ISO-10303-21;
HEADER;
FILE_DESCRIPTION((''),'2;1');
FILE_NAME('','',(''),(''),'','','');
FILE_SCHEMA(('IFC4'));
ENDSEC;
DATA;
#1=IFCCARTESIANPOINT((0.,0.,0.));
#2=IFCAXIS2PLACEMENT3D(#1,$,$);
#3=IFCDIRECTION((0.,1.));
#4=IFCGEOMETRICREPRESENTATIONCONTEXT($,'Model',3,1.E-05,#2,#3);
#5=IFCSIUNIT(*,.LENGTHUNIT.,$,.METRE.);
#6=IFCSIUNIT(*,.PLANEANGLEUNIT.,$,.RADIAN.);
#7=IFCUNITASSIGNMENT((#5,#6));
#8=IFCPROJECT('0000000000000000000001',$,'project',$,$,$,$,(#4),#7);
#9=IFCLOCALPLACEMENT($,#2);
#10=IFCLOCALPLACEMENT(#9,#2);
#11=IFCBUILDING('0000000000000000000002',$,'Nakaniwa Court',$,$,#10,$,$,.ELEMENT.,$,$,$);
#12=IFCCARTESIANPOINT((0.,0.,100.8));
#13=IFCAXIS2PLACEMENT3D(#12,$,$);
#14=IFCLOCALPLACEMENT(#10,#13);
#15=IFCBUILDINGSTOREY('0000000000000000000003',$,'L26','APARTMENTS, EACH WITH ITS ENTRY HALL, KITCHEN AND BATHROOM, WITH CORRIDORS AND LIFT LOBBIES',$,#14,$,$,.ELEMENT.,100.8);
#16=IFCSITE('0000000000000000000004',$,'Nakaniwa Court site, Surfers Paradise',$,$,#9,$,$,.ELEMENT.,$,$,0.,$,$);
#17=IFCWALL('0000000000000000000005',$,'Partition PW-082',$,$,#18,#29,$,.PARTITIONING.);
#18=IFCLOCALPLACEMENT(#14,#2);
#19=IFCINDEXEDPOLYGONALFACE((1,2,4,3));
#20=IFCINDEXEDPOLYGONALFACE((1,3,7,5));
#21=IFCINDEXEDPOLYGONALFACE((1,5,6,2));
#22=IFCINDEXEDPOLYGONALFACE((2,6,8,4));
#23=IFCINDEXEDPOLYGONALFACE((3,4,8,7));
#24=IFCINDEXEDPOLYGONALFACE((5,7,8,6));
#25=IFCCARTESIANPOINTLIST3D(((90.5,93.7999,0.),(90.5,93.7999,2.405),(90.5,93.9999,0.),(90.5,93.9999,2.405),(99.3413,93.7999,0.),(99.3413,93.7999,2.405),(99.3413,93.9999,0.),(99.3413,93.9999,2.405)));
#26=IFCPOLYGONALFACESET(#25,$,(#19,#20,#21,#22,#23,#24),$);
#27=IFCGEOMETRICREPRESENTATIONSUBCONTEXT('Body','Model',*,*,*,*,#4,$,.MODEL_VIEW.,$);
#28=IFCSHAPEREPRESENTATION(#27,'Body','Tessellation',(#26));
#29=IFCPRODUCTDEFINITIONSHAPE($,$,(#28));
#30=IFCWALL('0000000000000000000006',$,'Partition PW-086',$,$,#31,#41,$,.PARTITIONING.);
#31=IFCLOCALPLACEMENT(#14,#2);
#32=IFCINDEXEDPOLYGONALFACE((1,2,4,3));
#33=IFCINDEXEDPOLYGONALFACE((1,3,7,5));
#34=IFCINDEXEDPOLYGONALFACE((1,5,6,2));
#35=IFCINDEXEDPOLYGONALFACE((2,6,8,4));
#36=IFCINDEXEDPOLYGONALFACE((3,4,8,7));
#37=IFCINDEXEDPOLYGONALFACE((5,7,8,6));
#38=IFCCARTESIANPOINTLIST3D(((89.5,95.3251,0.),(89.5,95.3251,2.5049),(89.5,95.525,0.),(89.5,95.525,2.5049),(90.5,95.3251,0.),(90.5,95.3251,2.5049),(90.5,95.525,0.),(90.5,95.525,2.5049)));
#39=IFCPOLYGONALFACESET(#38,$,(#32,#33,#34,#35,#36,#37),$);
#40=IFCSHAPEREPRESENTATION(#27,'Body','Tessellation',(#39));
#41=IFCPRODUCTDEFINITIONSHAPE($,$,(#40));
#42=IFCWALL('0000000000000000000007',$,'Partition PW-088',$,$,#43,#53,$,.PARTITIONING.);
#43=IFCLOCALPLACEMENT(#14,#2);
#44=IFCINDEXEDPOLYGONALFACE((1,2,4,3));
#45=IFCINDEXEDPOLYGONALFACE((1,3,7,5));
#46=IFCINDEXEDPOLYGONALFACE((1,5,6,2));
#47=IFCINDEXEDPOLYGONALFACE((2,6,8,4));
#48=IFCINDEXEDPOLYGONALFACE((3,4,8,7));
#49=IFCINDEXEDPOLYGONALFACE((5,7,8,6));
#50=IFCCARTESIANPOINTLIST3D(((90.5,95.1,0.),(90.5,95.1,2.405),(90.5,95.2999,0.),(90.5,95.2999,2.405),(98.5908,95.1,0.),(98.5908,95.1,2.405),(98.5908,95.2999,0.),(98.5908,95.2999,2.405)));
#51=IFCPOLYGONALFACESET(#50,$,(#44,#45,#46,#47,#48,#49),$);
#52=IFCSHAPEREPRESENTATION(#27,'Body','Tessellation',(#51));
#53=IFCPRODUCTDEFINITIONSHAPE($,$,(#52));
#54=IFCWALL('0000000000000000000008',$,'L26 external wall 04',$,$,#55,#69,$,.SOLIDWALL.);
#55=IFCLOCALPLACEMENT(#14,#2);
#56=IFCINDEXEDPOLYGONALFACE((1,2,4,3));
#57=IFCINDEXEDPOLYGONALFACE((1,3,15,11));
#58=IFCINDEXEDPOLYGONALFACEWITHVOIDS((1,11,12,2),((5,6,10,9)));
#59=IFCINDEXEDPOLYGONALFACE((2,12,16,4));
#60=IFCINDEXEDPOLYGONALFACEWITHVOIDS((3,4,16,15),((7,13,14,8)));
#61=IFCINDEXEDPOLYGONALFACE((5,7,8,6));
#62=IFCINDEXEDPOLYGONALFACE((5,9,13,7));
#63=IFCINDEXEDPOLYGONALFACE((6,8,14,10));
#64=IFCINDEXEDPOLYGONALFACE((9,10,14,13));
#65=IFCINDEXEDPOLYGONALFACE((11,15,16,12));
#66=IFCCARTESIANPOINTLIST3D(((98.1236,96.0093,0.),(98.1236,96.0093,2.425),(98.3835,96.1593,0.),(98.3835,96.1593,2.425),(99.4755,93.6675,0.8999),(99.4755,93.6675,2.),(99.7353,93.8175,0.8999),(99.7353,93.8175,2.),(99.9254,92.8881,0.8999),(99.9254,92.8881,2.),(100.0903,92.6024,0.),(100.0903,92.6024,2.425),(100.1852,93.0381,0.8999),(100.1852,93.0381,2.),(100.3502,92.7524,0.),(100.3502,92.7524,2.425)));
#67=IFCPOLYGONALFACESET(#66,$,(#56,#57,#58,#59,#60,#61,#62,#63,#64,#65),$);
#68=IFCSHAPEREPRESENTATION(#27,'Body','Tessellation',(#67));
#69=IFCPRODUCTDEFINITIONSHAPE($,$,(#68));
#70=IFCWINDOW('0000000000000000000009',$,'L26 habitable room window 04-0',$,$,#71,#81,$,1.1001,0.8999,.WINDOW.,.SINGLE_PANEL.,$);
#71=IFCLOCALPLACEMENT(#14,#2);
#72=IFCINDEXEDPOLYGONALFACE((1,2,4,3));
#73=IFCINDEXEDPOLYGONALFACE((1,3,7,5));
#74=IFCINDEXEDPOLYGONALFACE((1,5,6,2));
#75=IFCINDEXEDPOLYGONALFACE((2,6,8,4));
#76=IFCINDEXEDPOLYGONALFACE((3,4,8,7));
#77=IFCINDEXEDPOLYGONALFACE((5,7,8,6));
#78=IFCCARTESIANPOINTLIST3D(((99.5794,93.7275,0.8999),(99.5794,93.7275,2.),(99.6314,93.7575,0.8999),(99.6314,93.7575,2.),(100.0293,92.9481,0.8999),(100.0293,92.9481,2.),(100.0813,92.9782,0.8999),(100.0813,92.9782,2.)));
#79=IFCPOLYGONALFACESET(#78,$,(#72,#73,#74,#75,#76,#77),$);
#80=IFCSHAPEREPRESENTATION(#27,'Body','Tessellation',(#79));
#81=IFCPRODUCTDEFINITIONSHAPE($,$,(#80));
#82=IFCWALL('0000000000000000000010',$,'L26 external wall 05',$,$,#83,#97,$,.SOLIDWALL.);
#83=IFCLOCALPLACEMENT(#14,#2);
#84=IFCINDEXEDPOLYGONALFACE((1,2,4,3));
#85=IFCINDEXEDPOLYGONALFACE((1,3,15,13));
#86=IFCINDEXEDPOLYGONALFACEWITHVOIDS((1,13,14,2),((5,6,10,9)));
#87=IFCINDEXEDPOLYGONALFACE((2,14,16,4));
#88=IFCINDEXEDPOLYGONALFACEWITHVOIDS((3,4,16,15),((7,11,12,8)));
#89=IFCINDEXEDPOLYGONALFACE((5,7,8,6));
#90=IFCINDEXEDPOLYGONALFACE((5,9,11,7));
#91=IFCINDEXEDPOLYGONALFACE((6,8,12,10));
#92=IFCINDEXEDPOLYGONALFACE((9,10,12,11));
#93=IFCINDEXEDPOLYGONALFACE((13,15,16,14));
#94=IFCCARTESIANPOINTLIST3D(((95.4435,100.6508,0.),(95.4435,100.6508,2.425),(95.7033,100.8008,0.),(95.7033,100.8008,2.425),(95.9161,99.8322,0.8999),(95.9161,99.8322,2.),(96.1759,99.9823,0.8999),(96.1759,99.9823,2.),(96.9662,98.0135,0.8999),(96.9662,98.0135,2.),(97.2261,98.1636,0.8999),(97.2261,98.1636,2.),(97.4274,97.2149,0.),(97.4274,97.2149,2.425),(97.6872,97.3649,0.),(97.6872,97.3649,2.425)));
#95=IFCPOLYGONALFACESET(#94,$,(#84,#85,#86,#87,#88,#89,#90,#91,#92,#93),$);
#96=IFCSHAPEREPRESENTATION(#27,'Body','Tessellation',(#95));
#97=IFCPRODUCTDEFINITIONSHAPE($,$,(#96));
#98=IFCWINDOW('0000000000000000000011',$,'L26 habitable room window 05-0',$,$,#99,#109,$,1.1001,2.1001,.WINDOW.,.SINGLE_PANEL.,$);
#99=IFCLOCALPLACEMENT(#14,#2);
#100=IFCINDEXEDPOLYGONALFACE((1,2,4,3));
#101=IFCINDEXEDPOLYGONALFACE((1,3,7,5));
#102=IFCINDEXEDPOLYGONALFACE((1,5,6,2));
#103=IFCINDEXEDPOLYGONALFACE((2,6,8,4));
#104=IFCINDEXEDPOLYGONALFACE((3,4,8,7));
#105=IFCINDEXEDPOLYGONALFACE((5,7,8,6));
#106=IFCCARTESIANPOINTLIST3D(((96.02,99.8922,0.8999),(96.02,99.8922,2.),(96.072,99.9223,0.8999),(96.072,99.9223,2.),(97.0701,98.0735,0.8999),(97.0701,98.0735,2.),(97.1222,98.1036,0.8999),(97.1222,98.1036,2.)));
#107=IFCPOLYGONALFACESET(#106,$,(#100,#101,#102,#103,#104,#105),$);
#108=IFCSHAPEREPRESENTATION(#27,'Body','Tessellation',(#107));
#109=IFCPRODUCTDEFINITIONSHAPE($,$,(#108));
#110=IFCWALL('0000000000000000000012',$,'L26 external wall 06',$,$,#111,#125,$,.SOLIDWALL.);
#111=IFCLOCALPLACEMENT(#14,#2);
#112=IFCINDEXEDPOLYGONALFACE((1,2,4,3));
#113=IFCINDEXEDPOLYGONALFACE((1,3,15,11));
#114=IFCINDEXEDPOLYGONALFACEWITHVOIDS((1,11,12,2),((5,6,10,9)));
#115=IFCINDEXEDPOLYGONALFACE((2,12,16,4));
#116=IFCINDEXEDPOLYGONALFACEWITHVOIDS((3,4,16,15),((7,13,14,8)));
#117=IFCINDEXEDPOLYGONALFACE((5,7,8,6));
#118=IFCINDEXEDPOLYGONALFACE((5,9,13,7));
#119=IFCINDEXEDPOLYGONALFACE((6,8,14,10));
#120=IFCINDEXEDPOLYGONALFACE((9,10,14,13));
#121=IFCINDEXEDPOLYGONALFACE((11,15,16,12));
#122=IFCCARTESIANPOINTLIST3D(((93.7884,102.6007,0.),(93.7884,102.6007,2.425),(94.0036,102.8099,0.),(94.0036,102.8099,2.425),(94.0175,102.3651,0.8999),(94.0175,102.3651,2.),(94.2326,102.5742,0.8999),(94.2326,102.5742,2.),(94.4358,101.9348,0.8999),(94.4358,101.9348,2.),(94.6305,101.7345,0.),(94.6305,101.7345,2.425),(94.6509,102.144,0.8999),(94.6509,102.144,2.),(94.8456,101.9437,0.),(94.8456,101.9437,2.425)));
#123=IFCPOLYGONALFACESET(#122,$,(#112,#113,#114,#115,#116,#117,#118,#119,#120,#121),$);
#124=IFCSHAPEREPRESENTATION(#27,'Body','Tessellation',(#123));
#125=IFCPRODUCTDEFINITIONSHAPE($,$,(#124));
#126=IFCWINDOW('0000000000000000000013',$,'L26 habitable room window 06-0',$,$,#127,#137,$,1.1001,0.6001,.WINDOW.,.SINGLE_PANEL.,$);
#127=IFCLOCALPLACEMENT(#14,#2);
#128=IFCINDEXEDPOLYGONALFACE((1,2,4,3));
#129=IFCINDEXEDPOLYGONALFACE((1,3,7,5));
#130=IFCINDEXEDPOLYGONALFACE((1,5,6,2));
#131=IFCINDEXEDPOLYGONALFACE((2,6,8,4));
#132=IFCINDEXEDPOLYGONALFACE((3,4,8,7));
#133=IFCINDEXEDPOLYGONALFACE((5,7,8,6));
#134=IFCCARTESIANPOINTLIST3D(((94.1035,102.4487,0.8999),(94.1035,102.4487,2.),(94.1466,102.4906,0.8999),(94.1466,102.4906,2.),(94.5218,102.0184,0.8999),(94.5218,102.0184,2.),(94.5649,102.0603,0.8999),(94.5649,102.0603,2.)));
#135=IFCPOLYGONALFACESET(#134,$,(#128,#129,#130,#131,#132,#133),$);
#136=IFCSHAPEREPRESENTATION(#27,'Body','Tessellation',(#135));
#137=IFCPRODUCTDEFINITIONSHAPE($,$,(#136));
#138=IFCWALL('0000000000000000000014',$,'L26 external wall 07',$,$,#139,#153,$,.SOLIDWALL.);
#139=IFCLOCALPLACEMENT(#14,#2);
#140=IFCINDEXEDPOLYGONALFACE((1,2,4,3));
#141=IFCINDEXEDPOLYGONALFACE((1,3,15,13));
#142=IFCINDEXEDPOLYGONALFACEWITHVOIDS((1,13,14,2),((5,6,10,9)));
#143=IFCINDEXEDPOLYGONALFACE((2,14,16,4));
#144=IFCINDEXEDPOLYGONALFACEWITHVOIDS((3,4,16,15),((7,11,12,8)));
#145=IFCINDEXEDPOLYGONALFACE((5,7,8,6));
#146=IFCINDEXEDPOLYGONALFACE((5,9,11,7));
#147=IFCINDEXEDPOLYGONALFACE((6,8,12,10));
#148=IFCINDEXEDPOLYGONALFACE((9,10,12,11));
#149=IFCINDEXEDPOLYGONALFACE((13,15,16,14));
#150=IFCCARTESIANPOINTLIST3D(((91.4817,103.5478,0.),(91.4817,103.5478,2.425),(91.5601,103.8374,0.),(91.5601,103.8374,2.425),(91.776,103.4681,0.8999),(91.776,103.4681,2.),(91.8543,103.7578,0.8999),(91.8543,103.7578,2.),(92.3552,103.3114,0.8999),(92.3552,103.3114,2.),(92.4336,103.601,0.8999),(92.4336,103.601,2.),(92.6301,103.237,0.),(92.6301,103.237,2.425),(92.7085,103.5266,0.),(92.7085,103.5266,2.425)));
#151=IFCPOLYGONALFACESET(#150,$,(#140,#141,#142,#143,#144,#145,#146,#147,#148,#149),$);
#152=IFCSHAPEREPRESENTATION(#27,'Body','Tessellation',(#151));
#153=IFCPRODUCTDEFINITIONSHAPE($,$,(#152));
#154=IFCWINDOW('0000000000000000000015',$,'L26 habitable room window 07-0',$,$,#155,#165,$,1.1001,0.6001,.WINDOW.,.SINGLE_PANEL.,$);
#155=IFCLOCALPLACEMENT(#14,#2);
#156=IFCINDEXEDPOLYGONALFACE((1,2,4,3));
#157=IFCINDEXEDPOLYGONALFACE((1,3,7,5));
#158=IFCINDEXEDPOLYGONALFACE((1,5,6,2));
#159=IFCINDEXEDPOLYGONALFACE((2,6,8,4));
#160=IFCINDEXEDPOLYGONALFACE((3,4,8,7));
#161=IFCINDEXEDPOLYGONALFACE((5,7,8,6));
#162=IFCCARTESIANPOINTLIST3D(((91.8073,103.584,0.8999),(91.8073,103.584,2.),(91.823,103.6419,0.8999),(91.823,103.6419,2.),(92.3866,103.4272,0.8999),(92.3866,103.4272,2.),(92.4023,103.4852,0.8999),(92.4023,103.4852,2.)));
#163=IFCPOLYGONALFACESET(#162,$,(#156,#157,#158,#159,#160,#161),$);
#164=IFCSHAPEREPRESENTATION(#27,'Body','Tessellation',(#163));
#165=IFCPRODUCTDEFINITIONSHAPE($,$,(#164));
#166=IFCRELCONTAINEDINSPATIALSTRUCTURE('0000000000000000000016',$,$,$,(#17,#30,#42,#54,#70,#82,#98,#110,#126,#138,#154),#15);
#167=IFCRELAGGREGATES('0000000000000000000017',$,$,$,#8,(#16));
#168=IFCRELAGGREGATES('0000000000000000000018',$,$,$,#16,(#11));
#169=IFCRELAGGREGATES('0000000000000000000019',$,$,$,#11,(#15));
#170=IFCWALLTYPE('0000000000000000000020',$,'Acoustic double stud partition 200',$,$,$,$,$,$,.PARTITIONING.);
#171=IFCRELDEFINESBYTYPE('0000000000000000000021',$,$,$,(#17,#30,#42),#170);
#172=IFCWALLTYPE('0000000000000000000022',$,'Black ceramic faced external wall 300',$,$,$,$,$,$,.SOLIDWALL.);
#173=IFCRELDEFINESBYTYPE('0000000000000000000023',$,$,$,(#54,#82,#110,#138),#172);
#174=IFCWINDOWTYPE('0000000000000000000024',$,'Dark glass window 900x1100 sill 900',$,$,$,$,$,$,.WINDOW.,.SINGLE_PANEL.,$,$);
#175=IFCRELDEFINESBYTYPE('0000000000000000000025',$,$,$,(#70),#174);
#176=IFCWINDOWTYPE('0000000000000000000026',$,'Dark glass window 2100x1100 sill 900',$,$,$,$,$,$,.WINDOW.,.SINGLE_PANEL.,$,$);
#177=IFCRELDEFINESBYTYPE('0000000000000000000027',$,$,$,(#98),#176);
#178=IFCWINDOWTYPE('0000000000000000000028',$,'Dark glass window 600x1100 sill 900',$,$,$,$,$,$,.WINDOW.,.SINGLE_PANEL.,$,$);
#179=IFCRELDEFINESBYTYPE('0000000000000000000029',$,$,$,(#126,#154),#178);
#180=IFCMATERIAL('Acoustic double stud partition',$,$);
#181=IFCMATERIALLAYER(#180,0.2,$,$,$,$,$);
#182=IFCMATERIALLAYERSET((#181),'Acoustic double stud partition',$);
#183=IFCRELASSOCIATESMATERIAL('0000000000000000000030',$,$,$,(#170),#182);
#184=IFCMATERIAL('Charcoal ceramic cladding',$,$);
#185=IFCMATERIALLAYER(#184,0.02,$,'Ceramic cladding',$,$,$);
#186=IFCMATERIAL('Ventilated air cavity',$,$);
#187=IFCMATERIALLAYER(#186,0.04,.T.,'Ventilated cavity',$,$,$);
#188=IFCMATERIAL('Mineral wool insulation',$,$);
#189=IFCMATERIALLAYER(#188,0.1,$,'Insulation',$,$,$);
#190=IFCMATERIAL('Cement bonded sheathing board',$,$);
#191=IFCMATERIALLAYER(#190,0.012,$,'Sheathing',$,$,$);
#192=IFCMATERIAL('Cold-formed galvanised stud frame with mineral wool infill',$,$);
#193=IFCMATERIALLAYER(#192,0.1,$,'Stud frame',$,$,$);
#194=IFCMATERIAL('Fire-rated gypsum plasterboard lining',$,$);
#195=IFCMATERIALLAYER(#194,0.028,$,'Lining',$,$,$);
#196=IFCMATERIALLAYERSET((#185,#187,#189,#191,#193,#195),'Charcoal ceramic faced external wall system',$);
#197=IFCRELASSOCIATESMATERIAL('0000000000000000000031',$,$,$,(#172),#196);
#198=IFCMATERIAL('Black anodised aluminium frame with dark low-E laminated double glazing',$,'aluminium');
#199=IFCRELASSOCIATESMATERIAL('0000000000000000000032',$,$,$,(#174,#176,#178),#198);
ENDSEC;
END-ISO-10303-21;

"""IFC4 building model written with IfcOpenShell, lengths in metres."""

from ifc_helpers import new_model, si_unit, direction, frame, frame_2d, origin, place, context, subcontext, project, spatial, rectangle, extrude, material, layer, layer_set, type_object, element, fill, save


model = new_model("IFC4")

# Units and contexts
model_context = context("Model", 3, precision=1e-05, world=origin(), true_north=direction((0.0, 1.0)))
body_context = subcontext(model_context, "Body", "Model", "MODEL_VIEW")
ifc_project = project(units=[si_unit("LENGTHUNIT", "METRE"), si_unit("PLANEANGLEUNIT", "RADIAN")], contexts=[model_context])

# Site, building, storey
site_placement = place(None, origin())
site = spatial("IfcSite", under=ifc_project, at=site_placement, Name="Nakaniwa Court site, Surfers Paradise", CompositionType="ELEMENT", RefElevation=0.0)
building_placement = place(site_placement, origin())
building = spatial("IfcBuilding", under=site, at=building_placement, Name="Nakaniwa Court", CompositionType="ELEMENT")
storey_placement = place(building_placement, frame((0.0, 0.0, 100.8)))
storey = spatial("IfcBuildingStorey", under=building, at=storey_placement, Name="L26", Description="APARTMENTS, EACH WITH ITS ENTRY HALL, KITCHEN AND BATHROOM, WITH CORRIDORS AND LIFT LOBBIES", CompositionType="ELEMENT", Elevation=100.8)

# Shared definitions
ifc_material_1 = material(Name="Acoustic double stud partition")
ifc_layer_1 = layer(ifc_material_1, 0.2)
ifc_layer_set_1 = layer_set([ifc_layer_1], Name="Acoustic double stud partition")
wall_type_1 = type_object("IfcWallType", Name="Acoustic double stud partition 200", PredefinedType="PARTITIONING", material=ifc_layer_set_1)

# Walls
wall_1_placement = place(storey_placement, frame((90.5, 93.8999, 0.0), z_axis=(0.0, 0.0, 1.0), x_axis=(1.0, 0.0, 0.0)))
element("IfcWall", 1, at=wall_1_placement, inside=storey, type_object=wall_type_1, Name="Partition PW-082", PredefinedType="PARTITIONING", context=body_context, shape_type="SweptSolid", body=[
    extrude(rectangle(XDim=8.8413, YDim=0.2, at=frame_2d((4.4207, 0.0))), origin(), (0.0, 0.0, 1.0), 2.405),
])
wall_2_placement = place(storey_placement, frame((89.5, 95.425, 0.0), z_axis=(0.0, 0.0, 1.0), x_axis=(1.0, 0.0, 0.0)))
element("IfcWall", 2, at=wall_2_placement, inside=storey, type_object=wall_type_1, Name="Partition PW-086", PredefinedType="PARTITIONING", context=body_context, shape_type="SweptSolid", body=[
    extrude(rectangle(XDim=1.0, YDim=0.2, at=frame_2d((0.5, 0.0))), origin(), (0.0, 0.0, 1.0), 2.5049),
])
wall_3_placement = place(storey_placement, frame((90.5, 95.2, 0.0), z_axis=(0.0, 0.0, 1.0), x_axis=(1.0, 0.0, 0.0)))
element("IfcWall", 3, at=wall_3_placement, inside=storey, type_object=wall_type_1, Name="Partition PW-088", PredefinedType="PARTITIONING", context=body_context, shape_type="SweptSolid", body=[
    extrude(rectangle(XDim=8.0908, YDim=0.2, at=frame_2d((4.0454, 0.0))), origin(), (0.0, 0.0, 1.0), 2.405),
])

# Walls, openings, windows
ifc_material_2 = material(Name="Charcoal ceramic cladding")
ifc_layer_2 = layer(ifc_material_2, 0.02, Name="Ceramic cladding")
ifc_material_3 = material(Name="Ventilated air cavity")
ifc_layer_3 = layer(ifc_material_3, 0.04, ventilated=True, Name="Ventilated cavity")
ifc_material_4 = material(Name="Mineral wool insulation")
ifc_layer_4 = layer(ifc_material_4, 0.1, Name="Insulation")
ifc_material_5 = material(Name="Cement bonded sheathing board")
ifc_layer_5 = layer(ifc_material_5, 0.012, Name="Sheathing")
ifc_material_6 = material(Name="Cold-formed galvanised stud frame with mineral wool infill")
ifc_layer_6 = layer(ifc_material_6, 0.1, Name="Stud frame")
ifc_material_7 = material(Name="Fire-rated gypsum plasterboard lining")
ifc_layer_7 = layer(ifc_material_7, 0.028, Name="Lining")
ifc_layer_set_2 = layer_set([ifc_layer_2, ifc_layer_3, ifc_layer_4, ifc_layer_5, ifc_layer_6, ifc_layer_7], Name="Charcoal ceramic faced external wall system")
wall_type_2 = type_object("IfcWallType", Name="Black ceramic faced external wall 300", PredefinedType="SOLIDWALL", material=ifc_layer_set_2)
wall_4_placement = place(storey_placement, frame((100.2202, 92.6775, 0.0), z_axis=(0.0, 0.0, 1.0), x_axis=(-0.499957, 0.86605, 0.0)))
wall_4 = element("IfcWall", 4, at=wall_4_placement, inside=storey, type_object=wall_type_2, Name="L26 external wall 04", PredefinedType="SOLIDWALL", context=body_context, shape_type="SweptSolid", body=[
    extrude(rectangle(XDim=3.9338, YDim=0.3, at=frame_2d((1.9668, 0.0))), origin(), (0.0, 0.0, 1.0), 2.425),
])
opening_1_placement = place(wall_4_placement, frame((0.3298, 0.0, 0.8999)))
opening_1 = element("IfcOpeningElement", 5, at=opening_1_placement, cuts=wall_4, PredefinedType="OPENING", context=body_context, shape_type="SweptSolid", body=[
    extrude(rectangle(XDim=0.8999, YDim=1.1001, at=frame_2d((0.45, 0.55))), frame((0.0, 0.1599, 0.0), z_axis=(0.0, -1.0, 0.0), x_axis=(1.0, 0.0, 0.0)), (0.0, 0.0, 1.0), 0.3201),
])
ifc_material_8 = material(Name="Black anodised aluminium frame with dark low-E laminated double glazing", Category="aluminium")
window_type_1 = type_object("IfcWindowType", Name="Dark glass window 900x1100 sill 900", PartitioningType="SINGLE_PANEL", PredefinedType="WINDOW", material=ifc_material_8)
window_1_placement = place(opening_1_placement, origin())
window_1 = element("IfcWindow", 6, at=window_1_placement, inside=storey, type_object=window_type_1, Name="L26 habitable room window 04-0", OverallHeight=1.1001, OverallWidth=0.8999, PartitioningType="SINGLE_PANEL", PredefinedType="WINDOW", context=body_context, shape_type="SweptSolid", body=[
    extrude(rectangle(XDim=0.8999, YDim=1.1001, at=frame_2d((0.45, 0.55))), frame((0.0, 0.03, 0.0), z_axis=(0.0, -1.0, 0.0), x_axis=(1.0, 0.0, 0.0)), (0.0, 0.0, 1.0), 0.0601),
])
fill(opening_1, window_1)
wall_5_placement = place(storey_placement, frame((97.5574, 97.2898, 0.0), z_axis=(0.0, 0.0, 1.0), x_axis=(-0.500044, 0.866, 0.0)))
wall_5 = element("IfcWall", 7, at=wall_5_placement, inside=storey, type_object=wall_type_2, Name="L26 external wall 05", PredefinedType="SOLIDWALL", context=body_context, shape_type="SweptSolid", body=[
    extrude(rectangle(XDim=3.9675, YDim=0.3, at=frame_2d((1.9839, 0.0))), origin(), (0.0, 0.0, 1.0), 2.425),
])
opening_2_placement = place(wall_5_placement, frame((0.9224, 0.0, 0.8999)))
opening_2 = element("IfcOpeningElement", 8, at=opening_2_placement, cuts=wall_5, PredefinedType="OPENING", context=body_context, shape_type="SweptSolid", body=[
    extrude(rectangle(XDim=2.1001, YDim=1.1001, at=frame_2d((1.05, 0.55))), frame((0.0, 0.1599, 0.0), z_axis=(0.0, -1.0, 0.0), x_axis=(1.0, 0.0, 0.0)), (0.0, 0.0, 1.0), 0.3201),
])
window_type_2 = type_object("IfcWindowType", Name="Dark glass window 2100x1100 sill 900", PartitioningType="SINGLE_PANEL", PredefinedType="WINDOW", material=ifc_material_8)
window_2_placement = place(opening_2_placement, origin())
window_2 = element("IfcWindow", 9, at=window_2_placement, inside=storey, type_object=window_type_2, Name="L26 habitable room window 05-0", OverallHeight=1.1001, OverallWidth=2.1001, PartitioningType="SINGLE_PANEL", PredefinedType="WINDOW", context=body_context, shape_type="SweptSolid", body=[
    extrude(rectangle(XDim=2.1001, YDim=1.1001, at=frame_2d((1.05, 0.55))), frame((0.0, 0.03, 0.0), z_axis=(0.0, -1.0, 0.0), x_axis=(1.0, 0.0, 0.0)), (0.0, 0.0, 1.0), 0.0601),
])
fill(opening_2, window_2)
wall_6_placement = place(storey_placement, frame((94.738, 101.8391, 0.0), z_axis=(0.0, 0.0, 1.0), x_axis=(-0.697032, 0.71704, 0.0)))
wall_6 = element("IfcWall", 10, at=wall_6_placement, inside=storey, type_object=wall_type_2, Name="L26 external wall 06", PredefinedType="SOLIDWALL", context=body_context, shape_type="SweptSolid", body=[
    extrude(rectangle(XDim=1.208, YDim=0.3, at=frame_2d((0.604, 0.0))), origin(), (0.0, 0.0, 1.0), 2.425),
])
opening_3_placement = place(wall_6_placement, frame((0.2793, 0.0, 0.8999)))
opening_3 = element("IfcOpeningElement", 11, at=opening_3_placement, cuts=wall_6, PredefinedType="OPENING", context=body_context, shape_type="SweptSolid", body=[
    extrude(rectangle(XDim=0.6001, YDim=1.1001, at=frame_2d((0.3, 0.55))), frame((0.0, 0.1599, 0.0), z_axis=(0.0, -1.0, 0.0), x_axis=(1.0, 0.0, 0.0)), (0.0, 0.0, 1.0), 0.3201),
])
window_type_3 = type_object("IfcWindowType", Name="Dark glass window 600x1100 sill 900", PartitioningType="SINGLE_PANEL", PredefinedType="WINDOW", material=ifc_material_8)
window_3_placement = place(opening_3_placement, origin())
window_3 = element("IfcWindow", 12, at=window_3_placement, inside=storey, type_object=window_type_3, Name="L26 habitable room window 06-0", OverallHeight=1.1001, OverallWidth=0.6001, PartitioningType="SINGLE_PANEL", PredefinedType="WINDOW", context=body_context, shape_type="SweptSolid", body=[
    extrude(rectangle(XDim=0.6001, YDim=1.1001, at=frame_2d((0.3, 0.55))), frame((0.0, 0.03, 0.0), z_axis=(0.0, -1.0, 0.0), x_axis=(1.0, 0.0, 0.0)), (0.0, 0.0, 1.0), 0.0601),
])
fill(opening_3, window_3)
wall_7_placement = place(storey_placement, frame((92.6692, 103.3818, 0.0), z_axis=(0.0, 0.0, 1.0), x_axis=(-0.965278, 0.261224, 0.0)))
wall_7 = element("IfcWall", 13, at=wall_7_placement, inside=storey, type_object=wall_type_2, Name="L26 external wall 07", PredefinedType="SOLIDWALL", context=body_context, shape_type="SweptSolid", body=[
    extrude(rectangle(XDim=1.1897, YDim=0.3, at=frame_2d((0.5947, 0.0))), origin(), (0.0, 0.0, 1.0), 2.425),
])
opening_4_placement = place(wall_7_placement, frame((0.2847, 0.0, 0.8999)))
opening_4 = element("IfcOpeningElement", 14, at=opening_4_placement, cuts=wall_7, PredefinedType="OPENING", context=body_context, shape_type="SweptSolid", body=[
    extrude(rectangle(XDim=0.6001, YDim=1.1001, at=frame_2d((0.3, 0.55))), frame((0.0, 0.1599, 0.0), z_axis=(0.0, -1.0, 0.0), x_axis=(1.0, 0.0, 0.0)), (0.0, 0.0, 1.0), 0.3201),
])
window_4_placement = place(opening_4_placement, origin())
window_4 = element("IfcWindow", 15, at=window_4_placement, inside=storey, type_object=window_type_3, Name="L26 habitable room window 07-0", OverallHeight=1.1001, OverallWidth=0.6001, PartitioningType="SINGLE_PANEL", PredefinedType="WINDOW", context=body_context, shape_type="SweptSolid", body=[
    extrude(rectangle(XDim=0.6001, YDim=1.1001, at=frame_2d((0.3, 0.55))), frame((0.0, 0.03, 0.0), z_axis=(0.0, -1.0, 0.0), x_axis=(1.0, 0.0, 0.0)), (0.0, 0.0, 1.0), 0.0601),
])
fill(opening_4, window_4)

save(model, "model.ifc")
